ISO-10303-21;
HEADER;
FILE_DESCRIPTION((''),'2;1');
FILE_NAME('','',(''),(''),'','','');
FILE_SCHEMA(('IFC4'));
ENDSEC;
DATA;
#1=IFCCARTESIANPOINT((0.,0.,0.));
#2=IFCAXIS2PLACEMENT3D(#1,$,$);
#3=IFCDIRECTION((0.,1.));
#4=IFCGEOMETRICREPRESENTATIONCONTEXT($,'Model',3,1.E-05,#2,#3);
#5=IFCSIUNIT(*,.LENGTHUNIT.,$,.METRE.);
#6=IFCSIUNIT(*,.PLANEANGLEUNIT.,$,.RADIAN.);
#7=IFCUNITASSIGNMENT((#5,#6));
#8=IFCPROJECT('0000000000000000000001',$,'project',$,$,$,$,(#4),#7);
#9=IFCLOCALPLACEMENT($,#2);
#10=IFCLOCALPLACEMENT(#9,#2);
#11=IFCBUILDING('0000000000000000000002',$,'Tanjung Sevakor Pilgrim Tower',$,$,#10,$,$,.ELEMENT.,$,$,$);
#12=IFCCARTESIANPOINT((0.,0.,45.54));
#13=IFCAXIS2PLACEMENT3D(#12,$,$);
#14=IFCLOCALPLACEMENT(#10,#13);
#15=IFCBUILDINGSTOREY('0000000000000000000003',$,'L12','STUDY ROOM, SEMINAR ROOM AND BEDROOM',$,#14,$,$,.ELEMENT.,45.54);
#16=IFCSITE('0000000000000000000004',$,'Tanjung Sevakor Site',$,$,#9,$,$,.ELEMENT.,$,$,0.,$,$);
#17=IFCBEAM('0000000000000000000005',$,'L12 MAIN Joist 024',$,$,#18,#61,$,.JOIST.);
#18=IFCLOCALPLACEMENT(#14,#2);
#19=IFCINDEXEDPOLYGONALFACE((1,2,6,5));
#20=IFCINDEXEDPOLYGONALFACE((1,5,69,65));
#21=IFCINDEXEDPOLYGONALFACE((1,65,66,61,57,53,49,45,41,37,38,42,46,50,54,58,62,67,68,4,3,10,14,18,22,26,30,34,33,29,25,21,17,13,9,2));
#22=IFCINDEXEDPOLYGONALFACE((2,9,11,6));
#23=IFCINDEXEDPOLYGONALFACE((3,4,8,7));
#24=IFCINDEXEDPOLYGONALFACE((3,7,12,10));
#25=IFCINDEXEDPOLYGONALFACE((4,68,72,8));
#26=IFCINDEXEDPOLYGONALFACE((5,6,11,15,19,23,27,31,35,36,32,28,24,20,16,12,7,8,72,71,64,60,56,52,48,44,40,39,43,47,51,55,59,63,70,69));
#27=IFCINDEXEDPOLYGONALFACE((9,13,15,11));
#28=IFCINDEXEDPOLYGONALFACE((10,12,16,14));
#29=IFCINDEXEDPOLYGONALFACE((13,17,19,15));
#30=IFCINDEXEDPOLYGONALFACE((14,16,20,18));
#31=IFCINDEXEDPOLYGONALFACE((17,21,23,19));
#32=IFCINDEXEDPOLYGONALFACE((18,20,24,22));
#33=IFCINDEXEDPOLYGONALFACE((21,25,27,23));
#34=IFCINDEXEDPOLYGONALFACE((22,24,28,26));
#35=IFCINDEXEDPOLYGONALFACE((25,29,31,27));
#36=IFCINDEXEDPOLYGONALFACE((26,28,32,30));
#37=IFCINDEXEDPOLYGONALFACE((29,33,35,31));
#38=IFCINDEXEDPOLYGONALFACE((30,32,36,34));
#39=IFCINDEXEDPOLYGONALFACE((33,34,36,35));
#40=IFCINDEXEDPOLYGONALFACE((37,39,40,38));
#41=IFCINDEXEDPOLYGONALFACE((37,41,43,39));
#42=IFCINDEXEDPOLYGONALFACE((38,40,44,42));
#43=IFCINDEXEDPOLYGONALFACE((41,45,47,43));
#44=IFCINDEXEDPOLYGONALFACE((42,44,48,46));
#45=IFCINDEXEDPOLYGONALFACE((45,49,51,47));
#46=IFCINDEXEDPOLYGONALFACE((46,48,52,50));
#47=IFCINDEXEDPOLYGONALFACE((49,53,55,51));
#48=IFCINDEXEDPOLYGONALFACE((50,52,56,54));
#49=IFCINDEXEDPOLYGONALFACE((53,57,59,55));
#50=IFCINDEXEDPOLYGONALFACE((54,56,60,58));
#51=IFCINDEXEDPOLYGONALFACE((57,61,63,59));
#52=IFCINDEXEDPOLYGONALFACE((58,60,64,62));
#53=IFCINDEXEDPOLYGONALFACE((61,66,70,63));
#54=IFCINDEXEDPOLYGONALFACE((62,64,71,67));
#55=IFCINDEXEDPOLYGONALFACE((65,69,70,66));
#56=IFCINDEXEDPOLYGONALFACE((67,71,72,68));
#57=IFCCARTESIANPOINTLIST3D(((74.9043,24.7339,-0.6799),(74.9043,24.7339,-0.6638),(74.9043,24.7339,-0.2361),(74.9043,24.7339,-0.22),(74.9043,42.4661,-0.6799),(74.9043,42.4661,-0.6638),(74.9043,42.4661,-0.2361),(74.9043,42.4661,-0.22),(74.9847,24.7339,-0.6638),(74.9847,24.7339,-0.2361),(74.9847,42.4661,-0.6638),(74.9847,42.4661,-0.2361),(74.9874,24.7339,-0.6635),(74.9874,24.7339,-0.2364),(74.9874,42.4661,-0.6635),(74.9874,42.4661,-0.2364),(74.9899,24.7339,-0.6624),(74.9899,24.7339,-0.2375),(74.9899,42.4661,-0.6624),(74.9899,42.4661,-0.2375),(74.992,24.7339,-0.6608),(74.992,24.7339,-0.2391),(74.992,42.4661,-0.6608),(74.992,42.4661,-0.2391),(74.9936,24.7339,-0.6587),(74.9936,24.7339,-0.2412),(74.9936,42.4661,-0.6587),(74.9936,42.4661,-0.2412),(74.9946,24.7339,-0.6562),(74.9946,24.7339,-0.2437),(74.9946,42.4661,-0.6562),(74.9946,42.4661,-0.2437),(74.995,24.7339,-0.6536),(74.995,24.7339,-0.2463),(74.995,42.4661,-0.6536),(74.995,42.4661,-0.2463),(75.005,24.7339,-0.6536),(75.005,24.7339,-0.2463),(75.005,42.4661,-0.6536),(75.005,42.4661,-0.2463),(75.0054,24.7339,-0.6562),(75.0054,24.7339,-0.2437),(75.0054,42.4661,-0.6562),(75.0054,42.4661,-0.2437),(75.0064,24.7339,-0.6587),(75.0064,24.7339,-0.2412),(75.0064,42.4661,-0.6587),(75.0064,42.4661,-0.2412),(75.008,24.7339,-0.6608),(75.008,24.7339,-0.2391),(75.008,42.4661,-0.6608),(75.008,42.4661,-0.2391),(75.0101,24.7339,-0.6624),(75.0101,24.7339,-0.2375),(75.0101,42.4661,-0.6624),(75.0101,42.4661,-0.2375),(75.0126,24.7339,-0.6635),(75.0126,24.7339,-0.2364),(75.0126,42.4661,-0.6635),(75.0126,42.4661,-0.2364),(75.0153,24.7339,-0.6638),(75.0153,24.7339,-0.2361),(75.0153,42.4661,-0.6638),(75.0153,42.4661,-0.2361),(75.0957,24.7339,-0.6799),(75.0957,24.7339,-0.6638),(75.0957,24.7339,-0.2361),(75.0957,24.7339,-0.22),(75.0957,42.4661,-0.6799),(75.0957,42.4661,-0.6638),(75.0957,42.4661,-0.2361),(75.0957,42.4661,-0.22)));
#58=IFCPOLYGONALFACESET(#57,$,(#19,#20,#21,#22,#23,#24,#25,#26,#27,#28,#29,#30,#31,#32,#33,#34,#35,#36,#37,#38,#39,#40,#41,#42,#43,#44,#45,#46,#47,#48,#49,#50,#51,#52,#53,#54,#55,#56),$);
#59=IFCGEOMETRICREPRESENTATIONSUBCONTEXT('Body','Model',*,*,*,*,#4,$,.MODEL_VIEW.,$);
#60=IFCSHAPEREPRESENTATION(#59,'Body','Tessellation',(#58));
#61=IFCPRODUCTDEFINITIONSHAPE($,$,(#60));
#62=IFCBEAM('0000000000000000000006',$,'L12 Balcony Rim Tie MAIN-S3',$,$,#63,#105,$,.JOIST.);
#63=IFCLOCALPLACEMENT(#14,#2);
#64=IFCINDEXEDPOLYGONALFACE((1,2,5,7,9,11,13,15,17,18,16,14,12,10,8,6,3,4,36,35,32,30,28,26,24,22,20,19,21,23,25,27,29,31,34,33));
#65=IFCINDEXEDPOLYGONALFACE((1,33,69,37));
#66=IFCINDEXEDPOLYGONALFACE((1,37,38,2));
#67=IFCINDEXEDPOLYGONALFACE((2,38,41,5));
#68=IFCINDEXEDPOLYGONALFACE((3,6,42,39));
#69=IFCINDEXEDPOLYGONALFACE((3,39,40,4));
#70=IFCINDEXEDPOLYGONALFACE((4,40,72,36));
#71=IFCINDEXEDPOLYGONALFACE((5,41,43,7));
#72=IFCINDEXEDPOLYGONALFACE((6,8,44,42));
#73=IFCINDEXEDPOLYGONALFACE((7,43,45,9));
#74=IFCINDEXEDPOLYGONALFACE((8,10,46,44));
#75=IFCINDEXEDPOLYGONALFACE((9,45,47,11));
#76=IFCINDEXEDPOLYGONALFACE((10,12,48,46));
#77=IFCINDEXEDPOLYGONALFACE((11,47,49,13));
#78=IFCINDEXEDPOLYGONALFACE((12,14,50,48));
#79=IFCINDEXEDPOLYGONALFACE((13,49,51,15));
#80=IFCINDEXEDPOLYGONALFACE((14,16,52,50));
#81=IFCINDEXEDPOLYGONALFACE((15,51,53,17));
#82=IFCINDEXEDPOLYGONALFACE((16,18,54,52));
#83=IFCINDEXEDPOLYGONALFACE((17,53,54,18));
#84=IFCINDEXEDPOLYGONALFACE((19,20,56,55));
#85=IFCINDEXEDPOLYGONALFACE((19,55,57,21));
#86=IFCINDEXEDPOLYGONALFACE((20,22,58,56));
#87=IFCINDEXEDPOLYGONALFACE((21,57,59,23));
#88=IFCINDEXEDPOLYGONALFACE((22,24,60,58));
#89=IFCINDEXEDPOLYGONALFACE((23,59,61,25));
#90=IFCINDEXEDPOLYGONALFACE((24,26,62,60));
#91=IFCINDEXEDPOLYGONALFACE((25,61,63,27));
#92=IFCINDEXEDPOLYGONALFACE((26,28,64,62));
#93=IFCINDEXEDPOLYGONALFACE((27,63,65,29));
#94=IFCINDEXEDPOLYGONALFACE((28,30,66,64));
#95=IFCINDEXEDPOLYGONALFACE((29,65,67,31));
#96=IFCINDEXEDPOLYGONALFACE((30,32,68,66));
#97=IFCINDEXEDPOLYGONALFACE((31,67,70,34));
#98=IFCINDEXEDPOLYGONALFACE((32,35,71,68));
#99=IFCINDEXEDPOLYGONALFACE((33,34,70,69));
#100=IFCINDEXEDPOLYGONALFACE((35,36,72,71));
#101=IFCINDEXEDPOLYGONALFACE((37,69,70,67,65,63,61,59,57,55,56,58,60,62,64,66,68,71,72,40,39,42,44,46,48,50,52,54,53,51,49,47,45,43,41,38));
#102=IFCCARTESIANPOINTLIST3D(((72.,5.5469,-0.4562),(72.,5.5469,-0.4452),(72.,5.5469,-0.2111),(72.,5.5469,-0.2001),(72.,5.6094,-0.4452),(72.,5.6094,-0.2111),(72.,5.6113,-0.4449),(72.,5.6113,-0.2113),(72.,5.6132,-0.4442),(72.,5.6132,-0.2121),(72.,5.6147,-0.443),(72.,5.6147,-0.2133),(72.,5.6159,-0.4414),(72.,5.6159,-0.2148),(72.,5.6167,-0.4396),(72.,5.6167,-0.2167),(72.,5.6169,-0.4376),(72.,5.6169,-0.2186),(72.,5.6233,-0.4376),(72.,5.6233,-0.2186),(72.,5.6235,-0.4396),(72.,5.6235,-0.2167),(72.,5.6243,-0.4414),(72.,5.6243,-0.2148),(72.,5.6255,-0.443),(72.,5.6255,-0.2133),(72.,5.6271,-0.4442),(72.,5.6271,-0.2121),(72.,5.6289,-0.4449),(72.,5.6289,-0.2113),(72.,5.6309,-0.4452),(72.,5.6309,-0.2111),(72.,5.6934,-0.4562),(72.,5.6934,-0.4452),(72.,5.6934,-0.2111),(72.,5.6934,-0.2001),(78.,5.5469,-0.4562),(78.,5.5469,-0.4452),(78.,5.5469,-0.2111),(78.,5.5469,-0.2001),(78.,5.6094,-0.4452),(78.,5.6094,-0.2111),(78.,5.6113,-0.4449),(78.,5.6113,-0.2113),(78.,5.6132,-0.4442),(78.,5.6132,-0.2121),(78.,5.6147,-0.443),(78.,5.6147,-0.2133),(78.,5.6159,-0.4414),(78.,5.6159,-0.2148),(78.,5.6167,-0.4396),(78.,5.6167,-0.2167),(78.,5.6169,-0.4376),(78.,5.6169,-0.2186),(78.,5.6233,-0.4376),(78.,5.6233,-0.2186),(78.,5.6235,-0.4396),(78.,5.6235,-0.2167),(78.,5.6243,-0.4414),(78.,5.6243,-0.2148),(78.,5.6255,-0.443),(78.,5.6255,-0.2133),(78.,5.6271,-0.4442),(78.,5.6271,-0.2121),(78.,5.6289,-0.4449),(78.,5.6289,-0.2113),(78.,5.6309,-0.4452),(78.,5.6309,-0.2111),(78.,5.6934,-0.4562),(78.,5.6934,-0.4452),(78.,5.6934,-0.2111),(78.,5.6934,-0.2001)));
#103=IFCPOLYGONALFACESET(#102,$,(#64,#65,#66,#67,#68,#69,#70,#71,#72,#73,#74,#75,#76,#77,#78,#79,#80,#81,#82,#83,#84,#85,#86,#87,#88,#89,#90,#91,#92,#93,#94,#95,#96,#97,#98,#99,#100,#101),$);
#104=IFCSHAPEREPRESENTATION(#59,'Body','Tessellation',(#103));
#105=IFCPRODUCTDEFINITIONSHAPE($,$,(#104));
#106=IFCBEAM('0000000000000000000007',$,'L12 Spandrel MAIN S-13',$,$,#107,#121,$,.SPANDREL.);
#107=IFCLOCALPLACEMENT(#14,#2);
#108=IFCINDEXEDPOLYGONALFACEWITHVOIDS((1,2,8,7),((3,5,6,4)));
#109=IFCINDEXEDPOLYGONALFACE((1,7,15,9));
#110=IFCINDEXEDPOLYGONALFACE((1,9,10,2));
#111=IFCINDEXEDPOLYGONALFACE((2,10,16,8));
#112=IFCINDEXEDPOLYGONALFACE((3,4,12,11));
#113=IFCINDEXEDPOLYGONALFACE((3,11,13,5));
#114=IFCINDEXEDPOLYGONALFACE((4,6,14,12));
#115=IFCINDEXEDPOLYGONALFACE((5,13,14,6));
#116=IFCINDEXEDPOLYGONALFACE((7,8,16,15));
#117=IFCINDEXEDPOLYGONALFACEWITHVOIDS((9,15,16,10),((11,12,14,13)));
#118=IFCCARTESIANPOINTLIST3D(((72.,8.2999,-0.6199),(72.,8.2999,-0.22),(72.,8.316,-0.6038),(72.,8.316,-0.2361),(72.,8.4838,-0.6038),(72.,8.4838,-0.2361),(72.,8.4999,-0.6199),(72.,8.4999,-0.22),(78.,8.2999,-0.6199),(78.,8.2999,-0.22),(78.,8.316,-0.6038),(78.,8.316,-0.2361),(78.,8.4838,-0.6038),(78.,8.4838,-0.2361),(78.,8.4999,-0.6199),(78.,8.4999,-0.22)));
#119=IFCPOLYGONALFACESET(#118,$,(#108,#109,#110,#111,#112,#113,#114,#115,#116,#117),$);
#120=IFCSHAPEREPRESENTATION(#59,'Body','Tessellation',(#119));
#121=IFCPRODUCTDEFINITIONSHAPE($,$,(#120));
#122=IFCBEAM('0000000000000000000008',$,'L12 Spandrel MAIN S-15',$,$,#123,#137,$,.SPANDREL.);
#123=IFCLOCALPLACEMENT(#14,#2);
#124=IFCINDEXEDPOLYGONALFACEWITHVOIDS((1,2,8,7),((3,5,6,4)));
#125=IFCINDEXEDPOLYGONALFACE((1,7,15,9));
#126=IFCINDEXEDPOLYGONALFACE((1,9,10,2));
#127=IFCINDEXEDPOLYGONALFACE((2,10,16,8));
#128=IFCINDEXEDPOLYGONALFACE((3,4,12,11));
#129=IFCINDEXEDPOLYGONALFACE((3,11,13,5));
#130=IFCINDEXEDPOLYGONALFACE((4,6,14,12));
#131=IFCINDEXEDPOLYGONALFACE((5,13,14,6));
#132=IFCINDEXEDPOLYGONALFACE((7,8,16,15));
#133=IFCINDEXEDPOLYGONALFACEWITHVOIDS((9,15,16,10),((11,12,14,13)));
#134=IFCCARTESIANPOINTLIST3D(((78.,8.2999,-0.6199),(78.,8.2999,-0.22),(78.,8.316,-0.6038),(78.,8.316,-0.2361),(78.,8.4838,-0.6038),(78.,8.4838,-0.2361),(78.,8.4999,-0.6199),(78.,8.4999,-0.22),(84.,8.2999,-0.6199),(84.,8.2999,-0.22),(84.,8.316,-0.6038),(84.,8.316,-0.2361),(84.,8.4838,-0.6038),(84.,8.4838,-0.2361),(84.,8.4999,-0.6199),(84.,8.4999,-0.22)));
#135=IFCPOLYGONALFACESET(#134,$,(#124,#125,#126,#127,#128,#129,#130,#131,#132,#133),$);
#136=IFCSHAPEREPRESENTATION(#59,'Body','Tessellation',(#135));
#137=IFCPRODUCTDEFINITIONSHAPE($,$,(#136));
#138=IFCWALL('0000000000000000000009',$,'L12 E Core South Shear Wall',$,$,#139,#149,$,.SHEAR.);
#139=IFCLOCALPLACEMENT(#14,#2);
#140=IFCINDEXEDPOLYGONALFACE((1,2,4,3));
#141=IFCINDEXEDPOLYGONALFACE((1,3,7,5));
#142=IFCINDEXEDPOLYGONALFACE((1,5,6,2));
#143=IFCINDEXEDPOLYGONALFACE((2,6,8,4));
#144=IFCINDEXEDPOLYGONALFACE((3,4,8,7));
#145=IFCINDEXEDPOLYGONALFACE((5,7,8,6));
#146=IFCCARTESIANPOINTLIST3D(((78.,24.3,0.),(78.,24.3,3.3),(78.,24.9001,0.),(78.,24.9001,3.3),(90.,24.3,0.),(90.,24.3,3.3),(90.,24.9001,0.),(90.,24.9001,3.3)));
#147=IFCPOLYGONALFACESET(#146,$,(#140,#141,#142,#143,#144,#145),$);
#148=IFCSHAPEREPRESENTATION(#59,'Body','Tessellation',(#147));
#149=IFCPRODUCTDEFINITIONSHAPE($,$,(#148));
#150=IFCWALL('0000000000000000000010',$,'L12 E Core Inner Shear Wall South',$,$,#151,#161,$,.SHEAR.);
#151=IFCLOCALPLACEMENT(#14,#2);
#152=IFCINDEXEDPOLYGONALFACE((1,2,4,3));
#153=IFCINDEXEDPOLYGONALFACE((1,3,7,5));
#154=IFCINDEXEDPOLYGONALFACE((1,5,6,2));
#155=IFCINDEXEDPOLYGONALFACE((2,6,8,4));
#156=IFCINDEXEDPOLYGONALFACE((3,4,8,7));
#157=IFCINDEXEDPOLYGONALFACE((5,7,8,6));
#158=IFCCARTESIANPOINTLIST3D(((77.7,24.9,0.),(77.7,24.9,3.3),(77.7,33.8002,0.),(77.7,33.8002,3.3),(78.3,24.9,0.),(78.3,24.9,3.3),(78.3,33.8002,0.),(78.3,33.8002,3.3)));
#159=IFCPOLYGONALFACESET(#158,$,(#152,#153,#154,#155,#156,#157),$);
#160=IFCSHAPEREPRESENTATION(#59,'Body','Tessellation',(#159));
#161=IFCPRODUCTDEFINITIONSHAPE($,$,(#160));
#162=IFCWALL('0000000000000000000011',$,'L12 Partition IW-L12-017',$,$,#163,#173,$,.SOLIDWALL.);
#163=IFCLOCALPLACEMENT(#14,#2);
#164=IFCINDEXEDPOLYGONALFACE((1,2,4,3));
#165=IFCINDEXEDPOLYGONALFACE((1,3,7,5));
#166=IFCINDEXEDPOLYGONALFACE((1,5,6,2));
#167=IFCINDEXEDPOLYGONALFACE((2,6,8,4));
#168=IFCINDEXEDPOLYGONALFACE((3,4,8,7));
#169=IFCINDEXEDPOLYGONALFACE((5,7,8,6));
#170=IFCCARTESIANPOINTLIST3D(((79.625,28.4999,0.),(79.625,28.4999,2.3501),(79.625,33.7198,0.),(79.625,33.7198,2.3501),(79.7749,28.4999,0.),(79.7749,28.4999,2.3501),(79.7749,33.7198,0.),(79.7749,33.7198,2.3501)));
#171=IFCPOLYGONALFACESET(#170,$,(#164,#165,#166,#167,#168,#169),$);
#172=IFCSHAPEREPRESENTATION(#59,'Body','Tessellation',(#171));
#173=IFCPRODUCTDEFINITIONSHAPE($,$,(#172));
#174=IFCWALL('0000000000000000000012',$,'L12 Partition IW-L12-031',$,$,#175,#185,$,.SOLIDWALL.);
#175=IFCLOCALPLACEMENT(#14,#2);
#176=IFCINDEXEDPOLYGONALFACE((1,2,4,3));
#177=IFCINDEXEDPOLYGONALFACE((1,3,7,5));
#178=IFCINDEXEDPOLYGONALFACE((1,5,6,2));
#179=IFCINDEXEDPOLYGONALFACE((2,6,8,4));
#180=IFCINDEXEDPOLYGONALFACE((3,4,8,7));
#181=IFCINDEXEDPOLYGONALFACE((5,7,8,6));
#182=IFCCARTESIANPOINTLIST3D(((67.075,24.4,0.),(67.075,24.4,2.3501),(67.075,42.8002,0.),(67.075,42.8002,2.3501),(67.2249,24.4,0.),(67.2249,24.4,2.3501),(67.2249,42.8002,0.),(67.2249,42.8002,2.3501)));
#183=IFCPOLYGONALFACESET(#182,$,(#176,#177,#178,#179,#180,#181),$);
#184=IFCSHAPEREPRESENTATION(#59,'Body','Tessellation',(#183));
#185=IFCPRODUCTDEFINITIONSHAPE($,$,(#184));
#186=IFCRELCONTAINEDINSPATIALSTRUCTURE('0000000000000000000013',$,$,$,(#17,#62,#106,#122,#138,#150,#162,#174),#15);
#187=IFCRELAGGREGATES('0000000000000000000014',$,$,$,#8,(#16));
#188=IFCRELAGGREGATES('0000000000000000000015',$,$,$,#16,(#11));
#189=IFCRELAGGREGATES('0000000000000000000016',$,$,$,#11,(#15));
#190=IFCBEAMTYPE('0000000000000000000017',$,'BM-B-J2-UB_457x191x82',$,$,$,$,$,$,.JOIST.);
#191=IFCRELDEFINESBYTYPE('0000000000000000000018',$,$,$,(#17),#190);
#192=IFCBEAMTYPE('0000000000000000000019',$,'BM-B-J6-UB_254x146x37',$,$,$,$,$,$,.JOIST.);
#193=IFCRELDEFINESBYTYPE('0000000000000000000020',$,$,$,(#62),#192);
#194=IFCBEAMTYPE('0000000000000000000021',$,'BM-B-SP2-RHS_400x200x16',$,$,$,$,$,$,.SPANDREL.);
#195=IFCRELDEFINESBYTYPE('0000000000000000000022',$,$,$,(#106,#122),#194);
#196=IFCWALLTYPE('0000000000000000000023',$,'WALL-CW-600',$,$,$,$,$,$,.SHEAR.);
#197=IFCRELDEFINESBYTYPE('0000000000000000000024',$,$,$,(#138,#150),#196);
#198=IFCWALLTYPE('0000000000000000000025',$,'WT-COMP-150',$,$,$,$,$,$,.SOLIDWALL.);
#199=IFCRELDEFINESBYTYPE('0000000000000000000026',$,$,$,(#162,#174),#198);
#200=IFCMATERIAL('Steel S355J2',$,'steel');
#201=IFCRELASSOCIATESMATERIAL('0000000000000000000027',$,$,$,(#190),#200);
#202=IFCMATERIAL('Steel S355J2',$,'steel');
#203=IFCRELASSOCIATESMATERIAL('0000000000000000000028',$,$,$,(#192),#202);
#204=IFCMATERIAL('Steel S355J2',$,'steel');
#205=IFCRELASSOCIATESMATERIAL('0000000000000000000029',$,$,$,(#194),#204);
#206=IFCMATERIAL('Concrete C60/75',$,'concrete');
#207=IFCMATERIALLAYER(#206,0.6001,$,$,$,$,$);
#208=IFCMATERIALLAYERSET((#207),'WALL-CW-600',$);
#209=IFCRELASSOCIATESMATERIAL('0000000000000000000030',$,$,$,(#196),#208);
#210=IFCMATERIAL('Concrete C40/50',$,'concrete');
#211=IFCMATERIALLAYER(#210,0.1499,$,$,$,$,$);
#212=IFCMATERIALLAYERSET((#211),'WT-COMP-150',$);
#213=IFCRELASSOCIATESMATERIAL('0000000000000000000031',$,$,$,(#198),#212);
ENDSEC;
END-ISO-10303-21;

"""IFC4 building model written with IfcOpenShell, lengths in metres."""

from ifc_helpers import new_model, si_unit, direction, frame, frame_2d, origin, origin_2d, place, context, subcontext, project, spatial, rectangle, hollow_rectangle, i_section, extrude, material, layer, layer_set, material_profile, profile_set, type_object, element, save


model = new_model("IFC4")

# Units and contexts
model_context = context("Model", 3, precision=1e-05, world=origin(), true_north=direction((0.0, 1.0)))
body_context = subcontext(model_context, "Body", "Model", "MODEL_VIEW")
ifc_project = project(units=[si_unit("LENGTHUNIT", "METRE"), si_unit("PLANEANGLEUNIT", "RADIAN")], contexts=[model_context])

# Site, building, storey
site_placement = place(None, origin())
site = spatial("IfcSite", under=ifc_project, at=site_placement, Name="Tanjung Sevakor Site", CompositionType="ELEMENT", RefElevation=0.0)
building_placement = place(site_placement, origin())
building = spatial("IfcBuilding", under=site, at=building_placement, Name="Tanjung Sevakor Pilgrim Tower", CompositionType="ELEMENT")
storey_placement = place(building_placement, frame((0.0, 0.0, 45.54)))
storey = spatial("IfcBuildingStorey", under=building, at=storey_placement, Name="L12", Description="STUDY ROOM, SEMINAR ROOM AND BEDROOM", CompositionType="ELEMENT", Elevation=45.54)

# Beams
ifc_material_1 = material(Name="Steel S355J2", Category="steel")
ifc_material_profile_1 = material_profile(ifc_material_1, i_section(OverallWidth=0.1914, OverallDepth=0.46, WebThickness=0.01, FlangeThickness=0.0161, FilletRadius=0.0103, at=origin_2d()))
ifc_profile_set_1 = profile_set([ifc_material_profile_1], Name="Steel S355J2")
beam_type_1 = type_object("IfcBeamType", Name="BM-B-J2-UB_457x191x82", PredefinedType="JOIST", material=ifc_profile_set_1)
beam_1_placement = place(storey_placement, frame((75.0, 24.7339, -0.45), z_axis=(0.0, 1.0, 0.0), x_axis=(-1.0, 0.0, 0.0)))
element("IfcBeam", 1, at=beam_1_placement, inside=storey, type_object=beam_type_1, Name="L12 MAIN Joist 024", PredefinedType="JOIST", context=body_context, shape_type="SweptSolid", body=[
    extrude(i_section(OverallWidth=0.1914, OverallDepth=0.46, WebThickness=0.01, FlangeThickness=0.0161, FilletRadius=0.0103, at=origin_2d()), origin(), (0.0, 0.0, 1.0), 17.7322),
])
ifc_material_2 = material(Name="Steel S355J2", Category="steel")
ifc_material_profile_2 = material_profile(ifc_material_2, i_section(OverallWidth=0.1465, OverallDepth=0.2561, WebThickness=0.0063, FlangeThickness=0.011, FilletRadius=0.0076, at=origin_2d()))
ifc_profile_set_2 = profile_set([ifc_material_profile_2], Name="Steel S355J2")
beam_type_2 = type_object("IfcBeamType", Name="BM-B-J6-UB_254x146x37", PredefinedType="JOIST", material=ifc_profile_set_2)
beam_2_placement = place(storey_placement, frame((72.0, 5.6201, -0.3281), z_axis=(1.0, 0.0, 0.0), x_axis=(0.0, 1.0, 0.0)))
element("IfcBeam", 2, at=beam_2_placement, inside=storey, type_object=beam_type_2, Name="L12 Balcony Rim Tie MAIN-S3", PredefinedType="JOIST", context=body_context, shape_type="SweptSolid", body=[
    extrude(i_section(OverallWidth=0.1465, OverallDepth=0.2561, WebThickness=0.0063, FlangeThickness=0.011, FilletRadius=0.0076, at=origin_2d()), origin(), (0.0, 0.0, 1.0), 6.0),
])
ifc_material_3 = material(Name="Steel S355J2", Category="steel")
ifc_material_profile_3 = material_profile(ifc_material_3, hollow_rectangle(XDim=0.2, YDim=0.3999, WallThickness=0.0161, at=origin_2d()))
ifc_profile_set_3 = profile_set([ifc_material_profile_3], Name="Steel S355J2")
beam_type_3 = type_object("IfcBeamType", Name="BM-B-SP2-RHS_400x200x16", PredefinedType="SPANDREL", material=ifc_profile_set_3)
for number, where, z_axis, x_axis, name in (
    (3, (72.0, 8.3999, -0.4199), (1.0, 0.0, 0.0), (0.0, 1.0, 0.0), "L12 Spandrel MAIN S-13"),
    (4, (78.0, 8.3999, -0.4199), (1.0, 0.0, 0.0), (0.0, 1.0, 0.0), "L12 Spandrel MAIN S-15"),
):
    element("IfcBeam", number, at=place(storey_placement, frame(where, z_axis=z_axis, x_axis=x_axis)), inside=storey, type_object=beam_type_3, Name=name, PredefinedType="SPANDREL", context=body_context, shape_type="SweptSolid", body=[
        extrude(hollow_rectangle(XDim=0.2, YDim=0.3999, WallThickness=0.0161, at=origin_2d()), origin(), (0.0, 0.0, 1.0), 6.0),
    ])

# Walls
ifc_material_4 = material(Name="Concrete C60/75", Category="concrete")
ifc_layer_1 = layer(ifc_material_4, 0.6001)
ifc_layer_set_1 = layer_set([ifc_layer_1], Name="WALL-CW-600")
wall_type_1 = type_object("IfcWallType", Name="WALL-CW-600", PredefinedType="SHEAR", material=ifc_layer_set_1)
wall_1_placement = place(storey_placement, frame((78.0, 24.6001, 0.0), z_axis=(0.0, 0.0, 1.0), x_axis=(1.0, 0.0, 0.0)))
element("IfcWall", 5, at=wall_1_placement, inside=storey, type_object=wall_type_1, Name="L12 E Core South Shear Wall", PredefinedType="SHEAR", context=body_context, shape_type="SweptSolid", body=[
    extrude(rectangle(XDim=12.0, YDim=0.6001, at=frame_2d((6.0, 0.0))), origin(), (0.0, 0.0, 1.0), 3.3),
])
wall_2_placement = place(storey_placement, frame((78.0, 24.8999, 0.0), z_axis=(0.0, 0.0, 1.0), x_axis=(0.0, 1.0, 0.0)))
element("IfcWall", 6, at=wall_2_placement, inside=storey, type_object=wall_type_1, Name="L12 E Core Inner Shear Wall South", PredefinedType="SHEAR", context=body_context, shape_type="SweptSolid", body=[
    extrude(rectangle(XDim=8.9001, YDim=0.6001, at=frame_2d((4.4502, 0.0))), origin(), (0.0, 0.0, 1.0), 3.3),
])
ifc_material_5 = material(Name="Concrete C40/50", Category="concrete")
ifc_layer_2 = layer(ifc_material_5, 0.1499)
ifc_layer_set_2 = layer_set([ifc_layer_2], Name="WT-COMP-150")
wall_type_2 = type_object("IfcWallType", Name="WT-COMP-150", PredefinedType="SOLIDWALL", material=ifc_layer_set_2)
wall_3_placement = place(storey_placement, frame((79.7, 28.5, 0.0), z_axis=(0.0, 0.0, 1.0), x_axis=(0.0, 1.0, 0.0)))
element("IfcWall", 7, at=wall_3_placement, inside=storey, type_object=wall_type_2, Name="L12 Partition IW-L12-017", PredefinedType="SOLIDWALL", context=body_context, shape_type="SweptSolid", body=[
    extrude(rectangle(XDim=5.22, YDim=0.1499, at=frame_2d((2.6099, 0.0))), origin(), (0.0, 0.0, 1.0), 2.3501),
])
wall_4_placement = place(storey_placement, frame((67.1499, 24.3999, 0.0), z_axis=(0.0, 0.0, 1.0), x_axis=(0.0, 1.0, 0.0)))
element("IfcWall", 8, at=wall_4_placement, inside=storey, type_object=wall_type_2, Name="L12 Partition IW-L12-031", PredefinedType="SOLIDWALL", context=body_context, shape_type="SweptSolid", body=[
    extrude(rectangle(XDim=18.4001, YDim=0.1499, at=frame_2d((9.2002, 0.0))), origin(), (0.0, 0.0, 1.0), 2.3501),
])

save(model, "model.ifc")
